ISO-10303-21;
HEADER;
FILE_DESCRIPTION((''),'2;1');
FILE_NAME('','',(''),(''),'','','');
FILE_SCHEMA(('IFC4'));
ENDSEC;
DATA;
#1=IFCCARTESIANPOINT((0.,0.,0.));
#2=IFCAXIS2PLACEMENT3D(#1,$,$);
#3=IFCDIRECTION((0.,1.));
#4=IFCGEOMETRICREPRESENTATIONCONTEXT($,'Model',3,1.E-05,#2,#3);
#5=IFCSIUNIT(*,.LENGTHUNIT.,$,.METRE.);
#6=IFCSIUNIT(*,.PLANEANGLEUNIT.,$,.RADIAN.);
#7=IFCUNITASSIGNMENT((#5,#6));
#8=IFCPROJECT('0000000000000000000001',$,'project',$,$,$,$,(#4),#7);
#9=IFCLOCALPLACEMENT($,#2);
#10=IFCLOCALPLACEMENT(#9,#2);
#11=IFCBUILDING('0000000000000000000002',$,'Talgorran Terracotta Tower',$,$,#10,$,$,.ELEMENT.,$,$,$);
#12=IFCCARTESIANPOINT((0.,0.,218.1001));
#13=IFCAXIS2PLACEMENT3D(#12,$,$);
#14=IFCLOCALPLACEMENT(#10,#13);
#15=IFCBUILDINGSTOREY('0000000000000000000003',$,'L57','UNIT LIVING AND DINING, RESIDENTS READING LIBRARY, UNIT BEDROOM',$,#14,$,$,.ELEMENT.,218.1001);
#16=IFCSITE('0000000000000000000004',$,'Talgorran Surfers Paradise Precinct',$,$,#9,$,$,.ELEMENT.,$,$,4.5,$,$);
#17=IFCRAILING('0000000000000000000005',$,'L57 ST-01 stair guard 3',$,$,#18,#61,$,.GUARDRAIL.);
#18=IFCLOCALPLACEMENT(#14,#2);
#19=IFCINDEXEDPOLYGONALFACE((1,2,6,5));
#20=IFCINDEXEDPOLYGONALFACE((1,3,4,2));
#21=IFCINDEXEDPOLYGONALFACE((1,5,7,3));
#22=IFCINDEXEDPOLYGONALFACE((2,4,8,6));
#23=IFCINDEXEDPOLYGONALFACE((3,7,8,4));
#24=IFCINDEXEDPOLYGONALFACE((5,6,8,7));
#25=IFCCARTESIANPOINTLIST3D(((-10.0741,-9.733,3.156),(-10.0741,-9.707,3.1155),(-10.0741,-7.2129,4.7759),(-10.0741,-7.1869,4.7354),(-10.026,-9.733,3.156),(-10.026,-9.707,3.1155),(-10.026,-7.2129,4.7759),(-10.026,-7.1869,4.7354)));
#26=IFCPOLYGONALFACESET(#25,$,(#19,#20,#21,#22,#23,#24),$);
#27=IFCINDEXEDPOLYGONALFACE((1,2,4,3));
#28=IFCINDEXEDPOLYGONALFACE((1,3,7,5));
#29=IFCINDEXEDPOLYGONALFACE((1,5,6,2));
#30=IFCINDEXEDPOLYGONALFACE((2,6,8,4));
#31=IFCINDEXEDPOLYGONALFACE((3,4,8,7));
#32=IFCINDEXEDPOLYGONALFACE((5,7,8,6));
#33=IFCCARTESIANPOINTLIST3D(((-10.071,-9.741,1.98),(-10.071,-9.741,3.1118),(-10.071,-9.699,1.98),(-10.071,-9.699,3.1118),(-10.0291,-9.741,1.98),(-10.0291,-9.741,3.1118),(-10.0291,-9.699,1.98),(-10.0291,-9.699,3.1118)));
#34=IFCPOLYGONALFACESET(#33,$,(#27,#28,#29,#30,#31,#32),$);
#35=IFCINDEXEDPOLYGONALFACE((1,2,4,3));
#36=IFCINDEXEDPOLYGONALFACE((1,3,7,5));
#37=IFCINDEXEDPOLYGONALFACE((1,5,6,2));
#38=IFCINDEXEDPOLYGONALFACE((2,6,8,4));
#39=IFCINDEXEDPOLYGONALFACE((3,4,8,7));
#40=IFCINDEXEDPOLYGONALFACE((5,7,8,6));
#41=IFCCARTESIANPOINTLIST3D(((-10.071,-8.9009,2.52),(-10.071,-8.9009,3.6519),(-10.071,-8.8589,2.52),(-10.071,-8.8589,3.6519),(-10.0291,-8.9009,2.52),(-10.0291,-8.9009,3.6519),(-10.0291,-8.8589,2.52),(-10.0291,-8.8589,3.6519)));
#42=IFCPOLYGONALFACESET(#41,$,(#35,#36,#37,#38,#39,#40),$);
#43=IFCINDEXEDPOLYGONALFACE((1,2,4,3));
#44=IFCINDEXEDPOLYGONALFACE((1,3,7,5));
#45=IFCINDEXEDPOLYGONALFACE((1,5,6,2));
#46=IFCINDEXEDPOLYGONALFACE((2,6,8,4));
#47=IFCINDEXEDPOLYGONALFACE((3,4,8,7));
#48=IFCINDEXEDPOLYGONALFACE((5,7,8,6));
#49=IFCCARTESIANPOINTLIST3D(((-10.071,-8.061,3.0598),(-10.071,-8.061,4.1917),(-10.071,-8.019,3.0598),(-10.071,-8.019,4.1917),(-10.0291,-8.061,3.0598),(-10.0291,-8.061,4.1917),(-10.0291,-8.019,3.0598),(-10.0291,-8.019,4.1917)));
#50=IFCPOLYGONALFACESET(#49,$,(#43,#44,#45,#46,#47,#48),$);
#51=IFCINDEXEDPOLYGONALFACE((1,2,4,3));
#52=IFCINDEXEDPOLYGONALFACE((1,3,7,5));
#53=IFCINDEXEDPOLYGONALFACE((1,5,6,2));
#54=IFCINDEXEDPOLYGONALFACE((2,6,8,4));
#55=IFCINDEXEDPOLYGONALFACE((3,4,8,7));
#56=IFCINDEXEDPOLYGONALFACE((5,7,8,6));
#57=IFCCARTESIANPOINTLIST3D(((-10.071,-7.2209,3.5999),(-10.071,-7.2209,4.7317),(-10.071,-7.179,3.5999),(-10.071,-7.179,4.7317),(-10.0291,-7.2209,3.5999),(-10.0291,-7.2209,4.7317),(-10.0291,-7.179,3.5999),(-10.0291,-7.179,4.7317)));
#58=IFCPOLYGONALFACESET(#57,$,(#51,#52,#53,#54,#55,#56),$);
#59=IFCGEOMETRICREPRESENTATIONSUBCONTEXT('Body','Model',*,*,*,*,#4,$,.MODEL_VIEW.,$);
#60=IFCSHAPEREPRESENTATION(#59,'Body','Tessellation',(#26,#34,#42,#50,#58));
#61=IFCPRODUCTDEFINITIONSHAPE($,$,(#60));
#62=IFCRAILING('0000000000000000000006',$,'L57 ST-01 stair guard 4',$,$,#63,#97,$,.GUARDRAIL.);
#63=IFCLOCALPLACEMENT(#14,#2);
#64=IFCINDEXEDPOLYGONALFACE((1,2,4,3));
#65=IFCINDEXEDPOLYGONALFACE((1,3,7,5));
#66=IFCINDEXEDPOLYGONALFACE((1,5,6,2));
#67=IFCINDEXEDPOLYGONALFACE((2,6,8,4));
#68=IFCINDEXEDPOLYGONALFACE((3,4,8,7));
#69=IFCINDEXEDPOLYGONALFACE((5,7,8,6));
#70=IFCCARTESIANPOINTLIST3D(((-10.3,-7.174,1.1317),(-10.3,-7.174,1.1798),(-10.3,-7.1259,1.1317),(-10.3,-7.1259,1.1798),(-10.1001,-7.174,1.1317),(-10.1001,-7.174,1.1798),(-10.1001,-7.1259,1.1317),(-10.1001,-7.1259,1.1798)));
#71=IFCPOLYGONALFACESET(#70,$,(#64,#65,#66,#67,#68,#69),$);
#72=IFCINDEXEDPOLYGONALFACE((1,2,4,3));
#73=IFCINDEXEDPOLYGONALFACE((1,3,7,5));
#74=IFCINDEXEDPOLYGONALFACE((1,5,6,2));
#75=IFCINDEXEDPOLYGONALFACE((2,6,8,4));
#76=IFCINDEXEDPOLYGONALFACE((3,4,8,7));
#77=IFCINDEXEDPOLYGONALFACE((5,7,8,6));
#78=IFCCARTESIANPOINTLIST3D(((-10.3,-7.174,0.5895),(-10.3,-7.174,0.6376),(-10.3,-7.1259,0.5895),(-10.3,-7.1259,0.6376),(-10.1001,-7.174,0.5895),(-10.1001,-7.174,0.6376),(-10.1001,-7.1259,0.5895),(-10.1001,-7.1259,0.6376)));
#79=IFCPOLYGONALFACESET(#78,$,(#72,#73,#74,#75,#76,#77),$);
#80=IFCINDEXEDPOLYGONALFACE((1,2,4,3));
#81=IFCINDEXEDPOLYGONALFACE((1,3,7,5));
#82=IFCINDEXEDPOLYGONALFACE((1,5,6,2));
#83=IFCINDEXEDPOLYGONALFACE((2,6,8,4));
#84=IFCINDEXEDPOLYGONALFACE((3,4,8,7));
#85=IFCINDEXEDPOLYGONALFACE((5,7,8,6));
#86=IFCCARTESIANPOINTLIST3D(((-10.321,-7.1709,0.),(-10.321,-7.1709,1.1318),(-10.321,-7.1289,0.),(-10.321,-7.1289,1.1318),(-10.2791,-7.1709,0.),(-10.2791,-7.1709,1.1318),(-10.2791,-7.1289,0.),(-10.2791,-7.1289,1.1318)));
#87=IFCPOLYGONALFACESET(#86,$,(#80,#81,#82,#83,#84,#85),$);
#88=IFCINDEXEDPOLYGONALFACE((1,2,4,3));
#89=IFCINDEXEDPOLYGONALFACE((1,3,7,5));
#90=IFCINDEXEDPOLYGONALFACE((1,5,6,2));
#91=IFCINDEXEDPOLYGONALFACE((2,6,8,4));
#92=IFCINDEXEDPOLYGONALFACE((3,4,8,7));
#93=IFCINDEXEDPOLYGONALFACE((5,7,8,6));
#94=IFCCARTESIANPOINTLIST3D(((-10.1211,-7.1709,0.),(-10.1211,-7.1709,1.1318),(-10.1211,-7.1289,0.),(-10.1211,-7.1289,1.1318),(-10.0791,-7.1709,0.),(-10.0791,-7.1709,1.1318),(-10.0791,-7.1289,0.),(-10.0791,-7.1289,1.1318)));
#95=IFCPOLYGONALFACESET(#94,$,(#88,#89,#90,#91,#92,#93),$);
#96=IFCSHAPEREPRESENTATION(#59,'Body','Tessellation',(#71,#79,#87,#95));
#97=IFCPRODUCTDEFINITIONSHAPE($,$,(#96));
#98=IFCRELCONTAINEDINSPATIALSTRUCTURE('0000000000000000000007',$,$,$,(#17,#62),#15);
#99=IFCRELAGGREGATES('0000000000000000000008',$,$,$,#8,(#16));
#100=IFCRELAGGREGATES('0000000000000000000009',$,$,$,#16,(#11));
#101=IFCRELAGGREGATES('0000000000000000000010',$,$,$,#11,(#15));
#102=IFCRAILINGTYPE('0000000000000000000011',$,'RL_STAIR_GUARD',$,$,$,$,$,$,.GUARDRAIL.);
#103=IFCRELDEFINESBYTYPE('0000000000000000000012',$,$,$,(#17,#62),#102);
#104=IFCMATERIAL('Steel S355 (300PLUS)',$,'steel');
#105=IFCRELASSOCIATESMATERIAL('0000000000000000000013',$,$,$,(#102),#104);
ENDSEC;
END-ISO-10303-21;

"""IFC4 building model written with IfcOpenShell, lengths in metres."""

from ifc_helpers import new_model, si_unit, direction, frame, origin, origin_2d, place, context, subcontext, project, spatial, rectangle, extrude, material, type_object, element, save


model = new_model("IFC4")

# Units and contexts
model_context = context("Model", 3, precision=1e-05, world=origin(), true_north=direction((0.0, 1.0)))
body_context = subcontext(model_context, "Body", "Model", "MODEL_VIEW")
ifc_project = project(units=[si_unit("LENGTHUNIT", "METRE"), si_unit("PLANEANGLEUNIT", "RADIAN")], contexts=[model_context])

# Site, building, storey
site_placement = place(None, origin())
site = spatial("IfcSite", under=ifc_project, at=site_placement, Name="Talgorran Surfers Paradise Precinct", CompositionType="ELEMENT", RefElevation=4.5)
building_placement = place(site_placement, origin())
building = spatial("IfcBuilding", under=site, at=building_placement, Name="Talgorran Terracotta Tower", CompositionType="ELEMENT")
storey_placement = place(building_placement, frame((0.0, 0.0, 218.1001)))
storey = spatial("IfcBuildingStorey", under=building, at=storey_placement, Name="L57", Description="UNIT LIVING AND DINING, RESIDENTS READING LIBRARY, UNIT BEDROOM", CompositionType="ELEMENT", Elevation=218.1001)

# Shared definitions
ifc_material_1 = material(Name="Steel S355 (300PLUS)", Category="steel")

# Railings
railing_type_1 = type_object("IfcRailingType", Name="RL_STAIR_GUARD", PredefinedType="GUARDRAIL", material=ifc_material_1)
railing_1_placement = place(storey_placement, frame((-10.05, -9.72, 1.98)))
element("IfcRailing", 1, at=railing_1_placement, inside=storey, type_object=railing_type_1, Name="L57 ST-01 stair guard 3", PredefinedType="GUARDRAIL", context=body_context, shape_type="SweptSolid", body=[
    extrude(rectangle(XDim=0.0481, YDim=0.0481, at=origin_2d()), frame((0.0, 0.0, 1.1558), z_axis=(0.0, 0.8412, 0.540725), x_axis=(-1.0, 0.0, 0.0)), (0.0, 0.0, 1.0), 2.9958),
    extrude(rectangle(XDim=0.042, YDim=0.042, at=origin_2d()), origin(), (0.0, 0.0, 1.0), 1.1318),
    extrude(rectangle(XDim=0.042, YDim=0.042, at=origin_2d()), frame((0.0, 0.8401, 0.54)), (0.0, 0.0, 1.0), 1.1318),
    extrude(rectangle(XDim=0.042, YDim=0.042, at=origin_2d()), frame((0.0, 1.6799, 1.0798)), (0.0, 0.0, 1.0), 1.1318),
    extrude(rectangle(XDim=0.042, YDim=0.042, at=origin_2d()), frame((0.0, 2.52, 1.6199)), (0.0, 0.0, 1.0), 1.1318),
])
railing_2_placement = place(storey_placement, frame((-10.3, -7.1499, 0.0)))
element("IfcRailing", 2, at=railing_2_placement, inside=storey, type_object=railing_type_1, Name="L57 ST-01 stair guard 4", PredefinedType="GUARDRAIL", context=body_context, shape_type="SweptSolid", body=[
    extrude(rectangle(XDim=0.0481, YDim=0.0481, at=origin_2d()), frame((0.0, 0.0, 1.1558), z_axis=(1.0, 0.0, 0.0), x_axis=(0.0, 1.0, 0.0)), (0.0, 0.0, 1.0), 0.2),
    extrude(rectangle(XDim=0.0481, YDim=0.0481, at=origin_2d()), frame((0.0, 0.0, 0.6135), z_axis=(1.0, 0.0, 0.0), x_axis=(0.0, 1.0, 0.0)), (0.0, 0.0, 1.0), 0.2),
    extrude(rectangle(XDim=0.042, YDim=0.042, at=origin_2d()), origin(), (0.0, 0.0, 1.0), 1.1318),
    extrude(rectangle(XDim=0.042, YDim=0.042, at=origin_2d()), frame((0.2, 0.0, 0.0)), (0.0, 0.0, 1.0), 1.1318),
])

save(model, "model.ifc")
